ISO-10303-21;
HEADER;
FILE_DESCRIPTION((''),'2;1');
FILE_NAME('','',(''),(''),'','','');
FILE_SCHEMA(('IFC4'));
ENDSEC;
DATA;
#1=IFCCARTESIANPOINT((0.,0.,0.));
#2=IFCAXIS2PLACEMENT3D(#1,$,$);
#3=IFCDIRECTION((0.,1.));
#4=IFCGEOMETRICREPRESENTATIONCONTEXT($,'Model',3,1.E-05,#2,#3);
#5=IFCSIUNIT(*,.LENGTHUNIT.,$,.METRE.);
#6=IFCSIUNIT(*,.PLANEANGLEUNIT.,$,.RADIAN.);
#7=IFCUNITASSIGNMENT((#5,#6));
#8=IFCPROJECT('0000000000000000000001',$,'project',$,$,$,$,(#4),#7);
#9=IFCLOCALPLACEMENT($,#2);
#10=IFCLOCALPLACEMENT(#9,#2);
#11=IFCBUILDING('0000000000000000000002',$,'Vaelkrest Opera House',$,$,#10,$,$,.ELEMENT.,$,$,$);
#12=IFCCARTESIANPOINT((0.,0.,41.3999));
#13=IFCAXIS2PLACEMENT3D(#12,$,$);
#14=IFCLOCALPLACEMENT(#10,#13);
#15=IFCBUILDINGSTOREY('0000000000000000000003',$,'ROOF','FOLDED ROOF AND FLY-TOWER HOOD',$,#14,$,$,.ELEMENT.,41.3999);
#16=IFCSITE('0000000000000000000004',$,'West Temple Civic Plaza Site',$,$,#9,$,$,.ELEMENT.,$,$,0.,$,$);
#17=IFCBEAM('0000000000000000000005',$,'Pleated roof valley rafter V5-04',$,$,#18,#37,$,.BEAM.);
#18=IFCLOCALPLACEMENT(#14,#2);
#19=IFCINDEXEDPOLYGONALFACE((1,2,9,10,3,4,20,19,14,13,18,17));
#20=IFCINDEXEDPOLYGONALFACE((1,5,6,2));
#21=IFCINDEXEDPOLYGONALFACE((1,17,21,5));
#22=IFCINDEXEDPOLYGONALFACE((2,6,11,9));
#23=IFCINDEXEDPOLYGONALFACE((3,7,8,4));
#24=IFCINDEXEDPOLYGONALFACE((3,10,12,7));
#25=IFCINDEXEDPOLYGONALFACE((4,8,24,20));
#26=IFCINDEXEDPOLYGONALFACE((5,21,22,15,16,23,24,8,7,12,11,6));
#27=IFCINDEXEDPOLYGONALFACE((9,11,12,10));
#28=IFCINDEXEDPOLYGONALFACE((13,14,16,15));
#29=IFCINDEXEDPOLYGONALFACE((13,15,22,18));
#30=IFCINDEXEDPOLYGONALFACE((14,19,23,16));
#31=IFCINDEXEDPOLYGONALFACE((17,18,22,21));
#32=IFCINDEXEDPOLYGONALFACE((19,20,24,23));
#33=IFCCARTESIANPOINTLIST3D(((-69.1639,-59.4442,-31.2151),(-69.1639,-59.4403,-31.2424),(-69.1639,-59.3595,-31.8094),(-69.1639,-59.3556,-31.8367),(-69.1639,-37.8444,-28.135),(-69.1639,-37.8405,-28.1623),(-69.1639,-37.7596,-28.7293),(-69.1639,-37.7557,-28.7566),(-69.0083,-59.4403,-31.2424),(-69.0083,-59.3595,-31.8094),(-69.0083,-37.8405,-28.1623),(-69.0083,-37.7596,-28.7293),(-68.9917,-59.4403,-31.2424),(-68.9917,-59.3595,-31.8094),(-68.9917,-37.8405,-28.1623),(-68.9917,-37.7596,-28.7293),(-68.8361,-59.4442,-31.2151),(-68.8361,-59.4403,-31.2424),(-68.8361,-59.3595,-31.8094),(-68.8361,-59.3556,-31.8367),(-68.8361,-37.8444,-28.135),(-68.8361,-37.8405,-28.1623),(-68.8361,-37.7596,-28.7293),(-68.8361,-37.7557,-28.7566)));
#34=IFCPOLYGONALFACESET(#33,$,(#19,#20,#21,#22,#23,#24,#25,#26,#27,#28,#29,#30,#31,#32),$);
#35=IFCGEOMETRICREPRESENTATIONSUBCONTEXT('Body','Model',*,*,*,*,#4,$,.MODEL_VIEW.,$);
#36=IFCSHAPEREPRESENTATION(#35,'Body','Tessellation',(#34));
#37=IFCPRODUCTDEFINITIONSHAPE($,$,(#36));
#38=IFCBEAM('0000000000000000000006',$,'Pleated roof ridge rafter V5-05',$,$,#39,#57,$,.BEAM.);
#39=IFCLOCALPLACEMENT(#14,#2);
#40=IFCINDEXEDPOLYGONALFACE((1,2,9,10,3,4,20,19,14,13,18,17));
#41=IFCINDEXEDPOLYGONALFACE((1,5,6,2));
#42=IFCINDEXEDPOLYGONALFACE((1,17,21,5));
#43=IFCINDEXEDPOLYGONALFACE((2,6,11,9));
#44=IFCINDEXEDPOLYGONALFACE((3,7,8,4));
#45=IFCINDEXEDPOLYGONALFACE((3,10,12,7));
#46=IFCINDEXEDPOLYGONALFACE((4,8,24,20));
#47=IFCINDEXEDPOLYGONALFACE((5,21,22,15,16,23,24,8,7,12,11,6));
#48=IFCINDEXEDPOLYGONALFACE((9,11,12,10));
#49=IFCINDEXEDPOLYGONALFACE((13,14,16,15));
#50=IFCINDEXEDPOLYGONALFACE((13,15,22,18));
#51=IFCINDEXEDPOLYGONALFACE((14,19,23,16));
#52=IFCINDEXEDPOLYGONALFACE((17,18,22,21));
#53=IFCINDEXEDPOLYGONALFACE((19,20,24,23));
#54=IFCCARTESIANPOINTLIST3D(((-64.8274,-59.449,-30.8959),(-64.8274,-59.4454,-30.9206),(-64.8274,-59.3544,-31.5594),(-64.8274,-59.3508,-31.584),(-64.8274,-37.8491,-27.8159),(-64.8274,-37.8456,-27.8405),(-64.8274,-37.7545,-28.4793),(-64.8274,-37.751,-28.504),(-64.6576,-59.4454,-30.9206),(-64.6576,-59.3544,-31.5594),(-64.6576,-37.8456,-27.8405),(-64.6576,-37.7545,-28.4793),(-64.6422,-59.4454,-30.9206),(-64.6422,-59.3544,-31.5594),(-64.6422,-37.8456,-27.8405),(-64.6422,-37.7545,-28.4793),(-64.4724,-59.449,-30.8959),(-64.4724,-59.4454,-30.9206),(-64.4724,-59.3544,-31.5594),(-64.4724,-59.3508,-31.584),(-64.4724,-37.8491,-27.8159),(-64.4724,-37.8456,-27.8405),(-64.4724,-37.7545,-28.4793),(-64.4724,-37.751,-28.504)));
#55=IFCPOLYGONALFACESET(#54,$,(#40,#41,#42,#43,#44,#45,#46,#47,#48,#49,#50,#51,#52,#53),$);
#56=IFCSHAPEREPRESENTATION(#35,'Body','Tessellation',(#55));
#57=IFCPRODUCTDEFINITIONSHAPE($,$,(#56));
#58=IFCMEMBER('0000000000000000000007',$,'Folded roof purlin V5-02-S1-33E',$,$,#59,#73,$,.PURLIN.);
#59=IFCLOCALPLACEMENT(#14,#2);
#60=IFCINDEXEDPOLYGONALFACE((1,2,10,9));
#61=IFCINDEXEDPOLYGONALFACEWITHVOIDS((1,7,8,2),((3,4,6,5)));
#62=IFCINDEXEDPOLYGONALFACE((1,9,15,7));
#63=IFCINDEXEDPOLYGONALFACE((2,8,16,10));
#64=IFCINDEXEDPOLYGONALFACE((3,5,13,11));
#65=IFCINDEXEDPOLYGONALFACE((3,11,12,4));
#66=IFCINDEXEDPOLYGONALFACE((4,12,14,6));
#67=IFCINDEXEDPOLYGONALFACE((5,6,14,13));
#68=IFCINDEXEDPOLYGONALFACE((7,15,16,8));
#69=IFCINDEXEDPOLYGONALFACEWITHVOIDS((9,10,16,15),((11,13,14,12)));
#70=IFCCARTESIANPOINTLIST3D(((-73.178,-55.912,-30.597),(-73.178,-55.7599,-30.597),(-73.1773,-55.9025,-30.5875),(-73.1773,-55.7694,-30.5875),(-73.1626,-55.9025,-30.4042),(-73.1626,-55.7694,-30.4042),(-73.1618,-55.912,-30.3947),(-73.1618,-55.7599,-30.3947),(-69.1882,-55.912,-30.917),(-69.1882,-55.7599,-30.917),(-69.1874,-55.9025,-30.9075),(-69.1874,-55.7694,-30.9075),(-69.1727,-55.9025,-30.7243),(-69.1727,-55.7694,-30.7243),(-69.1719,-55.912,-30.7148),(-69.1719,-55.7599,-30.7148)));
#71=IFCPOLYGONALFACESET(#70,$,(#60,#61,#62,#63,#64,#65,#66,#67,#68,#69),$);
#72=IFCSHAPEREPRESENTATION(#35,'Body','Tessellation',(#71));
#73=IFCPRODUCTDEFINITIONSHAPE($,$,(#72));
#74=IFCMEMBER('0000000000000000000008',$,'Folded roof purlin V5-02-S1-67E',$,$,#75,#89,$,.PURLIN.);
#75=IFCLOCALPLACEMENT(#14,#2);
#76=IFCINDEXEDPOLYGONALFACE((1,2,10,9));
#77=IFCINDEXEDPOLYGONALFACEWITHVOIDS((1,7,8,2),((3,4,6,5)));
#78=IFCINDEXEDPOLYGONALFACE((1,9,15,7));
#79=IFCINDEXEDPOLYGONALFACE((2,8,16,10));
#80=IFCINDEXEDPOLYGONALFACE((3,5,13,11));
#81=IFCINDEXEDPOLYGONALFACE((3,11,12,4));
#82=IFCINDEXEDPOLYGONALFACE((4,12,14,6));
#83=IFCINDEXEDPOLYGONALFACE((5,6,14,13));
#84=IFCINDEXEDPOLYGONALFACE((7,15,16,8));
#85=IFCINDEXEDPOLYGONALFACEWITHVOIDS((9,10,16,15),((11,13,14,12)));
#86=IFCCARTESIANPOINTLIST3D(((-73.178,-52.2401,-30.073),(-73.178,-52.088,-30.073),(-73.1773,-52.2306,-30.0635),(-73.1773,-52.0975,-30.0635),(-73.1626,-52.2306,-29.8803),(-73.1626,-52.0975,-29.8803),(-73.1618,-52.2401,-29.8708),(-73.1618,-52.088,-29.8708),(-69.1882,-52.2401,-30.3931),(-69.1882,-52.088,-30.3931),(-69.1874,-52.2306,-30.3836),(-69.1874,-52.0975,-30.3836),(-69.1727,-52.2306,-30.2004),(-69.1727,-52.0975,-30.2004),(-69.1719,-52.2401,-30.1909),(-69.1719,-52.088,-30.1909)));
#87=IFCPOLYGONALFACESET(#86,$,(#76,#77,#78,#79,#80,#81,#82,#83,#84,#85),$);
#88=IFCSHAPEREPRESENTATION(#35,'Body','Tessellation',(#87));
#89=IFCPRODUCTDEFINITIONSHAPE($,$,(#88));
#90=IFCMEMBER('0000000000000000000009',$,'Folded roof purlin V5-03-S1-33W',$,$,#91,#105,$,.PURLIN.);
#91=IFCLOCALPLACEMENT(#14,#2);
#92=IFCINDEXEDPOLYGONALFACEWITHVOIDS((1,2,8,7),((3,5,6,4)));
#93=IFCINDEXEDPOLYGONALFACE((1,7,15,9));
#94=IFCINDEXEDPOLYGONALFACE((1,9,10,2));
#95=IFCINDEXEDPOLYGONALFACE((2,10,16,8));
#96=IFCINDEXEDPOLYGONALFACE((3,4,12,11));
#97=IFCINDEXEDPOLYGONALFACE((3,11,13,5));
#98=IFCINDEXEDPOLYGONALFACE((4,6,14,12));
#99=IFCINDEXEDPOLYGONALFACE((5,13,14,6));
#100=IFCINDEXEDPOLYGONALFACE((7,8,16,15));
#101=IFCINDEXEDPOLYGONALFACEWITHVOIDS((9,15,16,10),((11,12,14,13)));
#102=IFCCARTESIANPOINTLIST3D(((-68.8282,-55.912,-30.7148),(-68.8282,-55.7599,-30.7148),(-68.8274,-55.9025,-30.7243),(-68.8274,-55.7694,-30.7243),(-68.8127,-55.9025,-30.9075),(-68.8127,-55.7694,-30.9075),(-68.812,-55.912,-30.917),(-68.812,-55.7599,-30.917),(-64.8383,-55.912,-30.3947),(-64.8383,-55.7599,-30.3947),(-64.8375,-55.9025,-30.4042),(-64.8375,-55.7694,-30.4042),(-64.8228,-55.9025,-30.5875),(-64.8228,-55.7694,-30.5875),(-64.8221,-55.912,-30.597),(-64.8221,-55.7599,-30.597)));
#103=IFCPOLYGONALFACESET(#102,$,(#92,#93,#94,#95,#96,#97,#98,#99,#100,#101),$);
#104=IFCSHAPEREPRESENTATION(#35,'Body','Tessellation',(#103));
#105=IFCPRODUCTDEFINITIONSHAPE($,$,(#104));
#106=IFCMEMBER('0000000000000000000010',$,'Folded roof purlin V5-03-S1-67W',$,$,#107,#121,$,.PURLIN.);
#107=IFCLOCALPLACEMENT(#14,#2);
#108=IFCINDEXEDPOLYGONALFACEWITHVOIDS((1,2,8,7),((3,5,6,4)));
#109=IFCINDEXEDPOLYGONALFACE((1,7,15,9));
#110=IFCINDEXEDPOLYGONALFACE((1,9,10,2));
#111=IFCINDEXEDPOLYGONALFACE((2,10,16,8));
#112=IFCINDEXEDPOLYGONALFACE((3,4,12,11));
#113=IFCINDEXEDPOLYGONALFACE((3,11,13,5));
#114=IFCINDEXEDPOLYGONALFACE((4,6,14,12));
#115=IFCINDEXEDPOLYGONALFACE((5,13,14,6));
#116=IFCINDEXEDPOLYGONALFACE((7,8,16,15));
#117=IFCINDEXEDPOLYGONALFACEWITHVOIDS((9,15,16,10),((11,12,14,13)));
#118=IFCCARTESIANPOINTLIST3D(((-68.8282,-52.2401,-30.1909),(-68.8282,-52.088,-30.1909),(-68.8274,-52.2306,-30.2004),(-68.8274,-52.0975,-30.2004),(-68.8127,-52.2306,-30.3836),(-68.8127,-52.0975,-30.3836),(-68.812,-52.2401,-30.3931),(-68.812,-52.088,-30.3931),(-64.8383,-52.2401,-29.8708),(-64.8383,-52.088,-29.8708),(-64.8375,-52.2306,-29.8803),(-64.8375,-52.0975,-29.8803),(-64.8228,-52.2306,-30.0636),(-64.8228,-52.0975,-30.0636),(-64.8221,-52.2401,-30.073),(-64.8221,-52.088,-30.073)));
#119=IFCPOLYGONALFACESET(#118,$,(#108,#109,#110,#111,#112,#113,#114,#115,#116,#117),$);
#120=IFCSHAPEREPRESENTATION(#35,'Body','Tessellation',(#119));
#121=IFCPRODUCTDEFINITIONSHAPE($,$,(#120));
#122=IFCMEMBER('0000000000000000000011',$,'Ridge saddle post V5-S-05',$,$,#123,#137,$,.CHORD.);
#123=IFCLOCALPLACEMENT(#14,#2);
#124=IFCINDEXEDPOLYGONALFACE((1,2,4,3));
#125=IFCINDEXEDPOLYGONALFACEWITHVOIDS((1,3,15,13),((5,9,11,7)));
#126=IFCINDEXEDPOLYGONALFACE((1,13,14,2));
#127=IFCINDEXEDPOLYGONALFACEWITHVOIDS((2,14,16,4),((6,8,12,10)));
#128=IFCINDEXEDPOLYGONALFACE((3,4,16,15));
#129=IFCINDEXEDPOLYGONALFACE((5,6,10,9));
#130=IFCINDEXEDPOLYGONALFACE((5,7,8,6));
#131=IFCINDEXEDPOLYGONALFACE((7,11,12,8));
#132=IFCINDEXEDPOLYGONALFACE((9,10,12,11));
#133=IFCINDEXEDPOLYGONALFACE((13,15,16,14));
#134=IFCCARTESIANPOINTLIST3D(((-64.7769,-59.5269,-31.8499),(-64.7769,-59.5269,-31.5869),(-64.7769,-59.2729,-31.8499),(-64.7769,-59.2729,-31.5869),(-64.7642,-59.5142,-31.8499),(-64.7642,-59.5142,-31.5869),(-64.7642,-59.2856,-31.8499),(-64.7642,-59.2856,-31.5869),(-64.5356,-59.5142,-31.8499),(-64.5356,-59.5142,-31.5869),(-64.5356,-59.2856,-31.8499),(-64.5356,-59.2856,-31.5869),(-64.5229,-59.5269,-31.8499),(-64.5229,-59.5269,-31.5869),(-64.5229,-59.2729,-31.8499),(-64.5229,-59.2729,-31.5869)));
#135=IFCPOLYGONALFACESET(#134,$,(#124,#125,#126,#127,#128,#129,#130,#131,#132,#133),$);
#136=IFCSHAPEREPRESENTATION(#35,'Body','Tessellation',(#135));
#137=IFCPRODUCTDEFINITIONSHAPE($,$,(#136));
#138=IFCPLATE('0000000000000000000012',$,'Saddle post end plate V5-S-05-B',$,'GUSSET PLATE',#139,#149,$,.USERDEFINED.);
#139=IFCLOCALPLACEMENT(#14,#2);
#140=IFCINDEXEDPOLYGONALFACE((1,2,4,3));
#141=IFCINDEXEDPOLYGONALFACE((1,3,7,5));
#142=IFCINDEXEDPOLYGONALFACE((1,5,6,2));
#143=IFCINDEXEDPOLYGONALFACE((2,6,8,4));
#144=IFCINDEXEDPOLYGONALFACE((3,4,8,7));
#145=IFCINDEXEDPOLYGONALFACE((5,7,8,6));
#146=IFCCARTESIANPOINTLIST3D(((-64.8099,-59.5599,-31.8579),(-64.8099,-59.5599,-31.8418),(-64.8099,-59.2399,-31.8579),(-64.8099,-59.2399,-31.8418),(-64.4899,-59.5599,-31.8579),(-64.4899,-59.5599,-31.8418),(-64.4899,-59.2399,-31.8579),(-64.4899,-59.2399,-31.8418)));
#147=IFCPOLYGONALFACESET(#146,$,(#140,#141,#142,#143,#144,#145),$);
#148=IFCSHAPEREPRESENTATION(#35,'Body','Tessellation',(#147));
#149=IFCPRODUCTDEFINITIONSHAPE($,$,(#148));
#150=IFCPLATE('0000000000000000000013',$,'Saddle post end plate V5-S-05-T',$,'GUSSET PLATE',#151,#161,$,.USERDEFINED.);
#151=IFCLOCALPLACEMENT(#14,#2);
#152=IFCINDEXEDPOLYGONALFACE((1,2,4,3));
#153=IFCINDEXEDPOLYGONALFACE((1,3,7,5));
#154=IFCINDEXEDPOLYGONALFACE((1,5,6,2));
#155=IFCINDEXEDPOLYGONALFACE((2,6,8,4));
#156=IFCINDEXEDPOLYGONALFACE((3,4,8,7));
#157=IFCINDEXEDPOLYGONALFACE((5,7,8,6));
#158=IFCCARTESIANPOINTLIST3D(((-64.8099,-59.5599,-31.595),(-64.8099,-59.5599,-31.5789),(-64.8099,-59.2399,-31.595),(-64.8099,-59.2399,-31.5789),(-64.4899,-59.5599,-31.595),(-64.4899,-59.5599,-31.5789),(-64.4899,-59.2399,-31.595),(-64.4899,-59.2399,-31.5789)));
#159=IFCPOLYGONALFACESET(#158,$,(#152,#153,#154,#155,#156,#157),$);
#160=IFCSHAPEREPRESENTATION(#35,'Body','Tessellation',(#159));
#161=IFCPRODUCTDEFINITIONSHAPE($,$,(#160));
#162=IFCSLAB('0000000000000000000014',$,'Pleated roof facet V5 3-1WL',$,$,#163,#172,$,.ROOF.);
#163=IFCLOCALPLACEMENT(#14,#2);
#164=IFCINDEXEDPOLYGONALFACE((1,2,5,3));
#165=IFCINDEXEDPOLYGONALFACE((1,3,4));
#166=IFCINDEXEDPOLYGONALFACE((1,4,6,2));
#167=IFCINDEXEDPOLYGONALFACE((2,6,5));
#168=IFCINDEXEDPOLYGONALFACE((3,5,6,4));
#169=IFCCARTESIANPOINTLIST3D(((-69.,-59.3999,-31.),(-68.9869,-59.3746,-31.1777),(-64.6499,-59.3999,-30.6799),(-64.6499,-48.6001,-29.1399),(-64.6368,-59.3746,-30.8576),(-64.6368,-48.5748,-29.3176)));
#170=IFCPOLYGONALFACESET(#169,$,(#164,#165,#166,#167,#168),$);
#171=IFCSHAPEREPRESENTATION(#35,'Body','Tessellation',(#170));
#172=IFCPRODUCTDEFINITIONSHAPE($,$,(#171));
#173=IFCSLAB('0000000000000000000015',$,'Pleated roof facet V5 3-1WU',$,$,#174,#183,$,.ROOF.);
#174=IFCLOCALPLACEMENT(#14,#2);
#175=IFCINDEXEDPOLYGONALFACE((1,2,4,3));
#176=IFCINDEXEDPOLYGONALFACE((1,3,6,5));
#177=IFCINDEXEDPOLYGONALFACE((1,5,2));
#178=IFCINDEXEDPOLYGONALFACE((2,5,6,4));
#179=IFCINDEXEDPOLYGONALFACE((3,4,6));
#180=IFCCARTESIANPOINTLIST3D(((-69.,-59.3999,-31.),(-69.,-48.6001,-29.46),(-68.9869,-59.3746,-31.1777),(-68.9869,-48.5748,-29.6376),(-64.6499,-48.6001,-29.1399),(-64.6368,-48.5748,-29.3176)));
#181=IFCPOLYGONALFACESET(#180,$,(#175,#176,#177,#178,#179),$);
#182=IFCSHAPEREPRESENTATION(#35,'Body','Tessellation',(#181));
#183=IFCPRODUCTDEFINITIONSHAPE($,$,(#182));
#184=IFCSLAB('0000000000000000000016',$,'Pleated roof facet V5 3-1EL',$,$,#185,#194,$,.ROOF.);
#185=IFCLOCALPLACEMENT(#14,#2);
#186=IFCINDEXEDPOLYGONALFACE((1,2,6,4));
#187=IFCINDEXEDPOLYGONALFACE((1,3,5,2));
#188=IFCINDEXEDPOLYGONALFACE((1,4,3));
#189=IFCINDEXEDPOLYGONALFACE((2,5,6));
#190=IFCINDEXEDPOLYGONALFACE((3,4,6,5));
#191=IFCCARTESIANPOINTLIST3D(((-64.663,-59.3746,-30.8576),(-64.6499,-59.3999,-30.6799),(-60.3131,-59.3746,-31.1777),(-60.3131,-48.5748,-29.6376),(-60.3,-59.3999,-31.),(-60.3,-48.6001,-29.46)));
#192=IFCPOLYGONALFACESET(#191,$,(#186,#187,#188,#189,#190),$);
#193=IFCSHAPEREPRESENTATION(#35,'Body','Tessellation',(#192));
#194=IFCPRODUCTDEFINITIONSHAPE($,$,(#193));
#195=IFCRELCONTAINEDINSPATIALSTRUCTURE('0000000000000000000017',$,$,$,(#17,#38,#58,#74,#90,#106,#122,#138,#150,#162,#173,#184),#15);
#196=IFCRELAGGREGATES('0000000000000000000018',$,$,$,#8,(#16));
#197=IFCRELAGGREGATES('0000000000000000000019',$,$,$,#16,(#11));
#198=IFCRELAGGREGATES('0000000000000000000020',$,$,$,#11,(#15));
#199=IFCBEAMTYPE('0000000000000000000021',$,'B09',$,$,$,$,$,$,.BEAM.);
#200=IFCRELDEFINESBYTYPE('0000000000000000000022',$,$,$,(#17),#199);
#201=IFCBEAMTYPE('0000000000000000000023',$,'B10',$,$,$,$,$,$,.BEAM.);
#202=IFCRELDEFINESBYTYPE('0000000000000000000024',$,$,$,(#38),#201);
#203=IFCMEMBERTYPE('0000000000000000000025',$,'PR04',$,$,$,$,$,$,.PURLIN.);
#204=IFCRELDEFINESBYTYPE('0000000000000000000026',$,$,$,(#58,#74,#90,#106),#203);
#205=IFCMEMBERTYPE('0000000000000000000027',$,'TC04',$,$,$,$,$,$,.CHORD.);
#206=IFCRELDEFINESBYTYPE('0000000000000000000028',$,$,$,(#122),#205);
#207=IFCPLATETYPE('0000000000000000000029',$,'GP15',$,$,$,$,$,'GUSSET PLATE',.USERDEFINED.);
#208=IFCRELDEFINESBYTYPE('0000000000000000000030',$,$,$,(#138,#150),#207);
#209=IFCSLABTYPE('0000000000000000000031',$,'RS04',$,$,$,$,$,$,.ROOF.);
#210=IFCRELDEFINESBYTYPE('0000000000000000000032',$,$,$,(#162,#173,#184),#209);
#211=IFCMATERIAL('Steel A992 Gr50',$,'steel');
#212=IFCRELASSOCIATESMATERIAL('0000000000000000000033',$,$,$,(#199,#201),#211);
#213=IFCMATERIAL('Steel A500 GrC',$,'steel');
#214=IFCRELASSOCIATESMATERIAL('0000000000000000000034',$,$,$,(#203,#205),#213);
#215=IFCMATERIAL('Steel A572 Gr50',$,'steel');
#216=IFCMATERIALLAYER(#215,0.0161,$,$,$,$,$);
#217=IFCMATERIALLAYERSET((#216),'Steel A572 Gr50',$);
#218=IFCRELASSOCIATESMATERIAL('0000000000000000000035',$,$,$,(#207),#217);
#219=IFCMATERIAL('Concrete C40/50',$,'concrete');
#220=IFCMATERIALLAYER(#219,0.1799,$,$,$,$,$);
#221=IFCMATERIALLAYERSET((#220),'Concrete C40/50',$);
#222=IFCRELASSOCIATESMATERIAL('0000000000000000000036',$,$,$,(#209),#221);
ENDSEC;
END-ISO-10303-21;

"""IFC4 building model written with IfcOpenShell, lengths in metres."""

from ifc_helpers import new_model, si_unit, direction, frame, origin, origin_2d, place, context, subcontext, project, spatial, polyline, rectangle, hollow_rectangle, i_section, outline, extrude, material, layer, layer_set, material_profile, profile_set, type_object, element, save


model = new_model("IFC4")

# Units and contexts
model_context = context("Model", 3, precision=1e-05, world=origin(), true_north=direction((0.0, 1.0)))
body_context = subcontext(model_context, "Body", "Model", "MODEL_VIEW")
ifc_project = project(units=[si_unit("LENGTHUNIT", "METRE"), si_unit("PLANEANGLEUNIT", "RADIAN")], contexts=[model_context])

# Site, building, storey
site_placement = place(None, origin())
site = spatial("IfcSite", under=ifc_project, at=site_placement, Name="West Temple Civic Plaza Site", CompositionType="ELEMENT", RefElevation=0.0)
building_placement = place(site_placement, origin())
building = spatial("IfcBuilding", under=site, at=building_placement, Name="Vaelkrest Opera House", CompositionType="ELEMENT")
storey_placement = place(building_placement, frame((0.0, 0.0, 41.3999)))
storey = spatial("IfcBuildingStorey", under=building, at=storey_placement, Name="ROOF", Description="FOLDED ROOF AND FLY-TOWER HOOD", CompositionType="ELEMENT", Elevation=41.3999)

# Beams
ifc_material_1 = material(Name="Steel A992 Gr50", Category="steel")
ifc_material_profile_1 = material_profile(ifc_material_1, i_section(OverallWidth=0.3279, OverallDepth=0.6279, WebThickness=0.0166, FlangeThickness=0.0276, at=origin_2d()), Name="W24X146")
ifc_profile_set_1 = profile_set([ifc_material_profile_1], Name="Steel A992 Gr50")
beam_type_1 = type_object("IfcBeamType", Name="B09", PredefinedType="BEAM", material=ifc_profile_set_1)
beam_1_placement = place(storey_placement, frame((-69.0, -59.3999, -31.5259), z_axis=(0.0, 0.989985, 0.141169), x_axis=(-1.0, 0.0, 0.0)))
element("IfcBeam", 1, at=beam_1_placement, inside=storey, type_object=beam_type_1, Name="Pleated roof valley rafter V5-04", PredefinedType="BEAM", context=body_context, shape_type="SweptSolid", body=[
    extrude(i_section(OverallWidth=0.3279, OverallDepth=0.6279, WebThickness=0.0166, FlangeThickness=0.0276, at=origin_2d()), origin(), (0.0, 0.0, 1.0), 21.8184),
])
ifc_material_profile_2 = material_profile(ifc_material_1, i_section(OverallWidth=0.355, OverallDepth=0.6951, WebThickness=0.0154, FlangeThickness=0.0249, at=origin_2d()), Name="W27X146")
ifc_profile_set_2 = profile_set([ifc_material_profile_2], Name="Steel A992 Gr50")
beam_type_2 = type_object("IfcBeamType", Name="B10", PredefinedType="BEAM", material=ifc_profile_set_2)
beam_2_placement = place(storey_placement, frame((-64.6499, -59.3999, -31.24), z_axis=(0.0, 0.989985, 0.141169), x_axis=(-1.0, 0.0, 0.0)))
element("IfcBeam", 2, at=beam_2_placement, inside=storey, type_object=beam_type_2, Name="Pleated roof ridge rafter V5-05", PredefinedType="BEAM", context=body_context, shape_type="SweptSolid", body=[
    extrude(i_section(OverallWidth=0.355, OverallDepth=0.6951, WebThickness=0.0154, FlangeThickness=0.0249, at=origin_2d()), origin(), (0.0, 0.0, 1.0), 21.8184),
])

# Members
ifc_material_2 = material(Name="Steel A500 GrC", Category="steel")
ifc_material_profile_3 = material_profile(ifc_material_2, hollow_rectangle(XDim=0.1521, YDim=0.2029, WallThickness=0.0095, at=origin_2d()), Name="HSS203X152X9.5")
ifc_profile_set_3 = profile_set([ifc_material_profile_3], Name="Steel A500 GrC")
member_type_1 = type_object("IfcMemberType", Name="PR04", PredefinedType="PURLIN", material=ifc_profile_set_3)
for number, where, z_axis, x_axis, name in (
    (3, (-73.1699, -55.8359, -30.4958), (0.996798, 0.0, -0.079961), (0.0, 1.0, 0.0), "Folded roof purlin V5-02-S1-33E"),
    (4, (-73.1699, -52.1641, -29.9719), (0.996798, 0.0, -0.079961), (0.0, 1.0, 0.0), "Folded roof purlin V5-02-S1-67E"),
    (5, (-68.8201, -55.8359, -30.8159), (0.996798, 0.0, 0.079961), (0.0, 1.0, 0.0), "Folded roof purlin V5-03-S1-33W"),
    (6, (-68.8201, -52.1641, -30.292), (0.996798, 0.0, 0.079961), (0.0, 1.0, 0.0), "Folded roof purlin V5-03-S1-67W"),
):
    element("IfcMember", number, at=place(storey_placement, frame(where, z_axis=z_axis, x_axis=x_axis)), inside=storey, type_object=member_type_1, Name=name, PredefinedType="PURLIN", context=body_context, shape_type="SweptSolid", body=[
        extrude(hollow_rectangle(XDim=0.1521, YDim=0.2029, WallThickness=0.0095, at=origin_2d()), origin(), (0.0, 0.0, 1.0), 4.0027),
    ])
ifc_material_profile_4 = material_profile(ifc_material_2, hollow_rectangle(XDim=0.2539, YDim=0.2539, WallThickness=0.0127, at=origin_2d()), Name="HSS254X254X12.7")
ifc_profile_set_4 = profile_set([ifc_material_profile_4], Name="Steel A500 GrC")
member_type_2 = type_object("IfcMemberType", Name="TC04", PredefinedType="CHORD", material=ifc_profile_set_4)
member_placement = place(storey_placement, frame((-64.6499, -59.3999, -31.8499), z_axis=(0.0, 0.0, 1.0), x_axis=(1.0, 0.0, 0.0)))
element("IfcMember", 7, at=member_placement, inside=storey, type_object=member_type_2, Name="Ridge saddle post V5-S-05", PredefinedType="CHORD", context=body_context, shape_type="SweptSolid", body=[
    extrude(hollow_rectangle(XDim=0.2539, YDim=0.2539, WallThickness=0.0127, at=origin_2d()), origin(), (0.0, 0.0, 1.0), 0.2629),
])

# Plates
ifc_material_3 = material(Name="Steel A572 Gr50", Category="steel")
ifc_layer_1 = layer(ifc_material_3, 0.0161)
ifc_layer_set_1 = layer_set([ifc_layer_1], Name="Steel A572 Gr50")
plate_type = type_object("IfcPlateType", Name="GP15", ElementType="GUSSET PLATE", PredefinedType="USERDEFINED", material=ifc_layer_set_1)
for number, where, z_axis, x_axis, name in (
    (8, (-64.6499, -59.3999, -31.8579), (0.0, 0.0, 1.0), (1.0, 0.0, 0.0), "Saddle post end plate V5-S-05-B"),
    (9, (-64.6499, -59.3999, -31.595), (0.0, 0.0, 1.0), (1.0, 0.0, 0.0), "Saddle post end plate V5-S-05-T"),
):
    element("IfcPlate", number, at=place(storey_placement, frame(where, z_axis=z_axis, x_axis=x_axis)), inside=storey, type_object=plate_type, Name=name, ObjectType="GUSSET PLATE", PredefinedType="USERDEFINED", context=body_context, shape_type="SweptSolid", body=[
        extrude(rectangle(XDim=0.3201, YDim=0.3201, at=origin_2d()), origin(), (0.0, 0.0, 1.0), 0.0161),
    ])

# Slabs
ifc_material_4 = material(Name="Concrete C40/50", Category="concrete")
ifc_layer_2 = layer(ifc_material_4, 0.1799)
ifc_layer_set_2 = layer_set([ifc_layer_2], Name="Concrete C40/50")
slab_type = type_object("IfcSlabType", Name="RS04", PredefinedType="ROOF", material=ifc_layer_set_2)
slab_1_placement = place(storey_placement, frame((-69.0, -59.3999, -31.0), z_axis=(-0.072648, -0.140798, 0.987369), x_axis=(0.997304, 0.0, 0.073379)))
element("IfcSlab", 10, at=slab_1_placement, inside=storey, type_object=slab_type, Name="Pleated roof facet V5 3-1WL", PredefinedType="ROOF", context=body_context, shape_type="SweptSolid", body=[
    extrude(outline(polyline([(0.0, 0.0), (4.3619, 0.0), (4.4749, 10.9085), (0.0, 0.0)])), origin(), (0.0, 0.0, -1.0), 0.1799),
])
slab_2_placement = place(storey_placement, frame((-69.0, -59.3999, -31.0), z_axis=(-0.072648, -0.140798, 0.987369), x_axis=(0.368945, 0.915964, 0.157761)))
element("IfcSlab", 11, at=slab_2_placement, inside=storey, type_object=slab_type, Name="Pleated roof facet V5 3-1WU", PredefinedType="ROOF", context=body_context, shape_type="SweptSolid", body=[
    extrude(outline(polyline([(0.0, 0.0), (11.7906, 0.0), (10.1352, 4.0355), (0.0, 0.0)])), origin(), (0.0, 0.0, -1.0), 0.1799),
])
slab_3_placement = place(storey_placement, frame((-64.6499, -59.3999, -30.6799), z_axis=(0.072652, -0.140798, 0.987369), x_axis=(0.997304, 0.0, -0.073383)))
element("IfcSlab", 12, at=slab_3_placement, inside=storey, type_object=slab_type, Name="Pleated roof facet V5 3-1EL", PredefinedType="ROOF", context=body_context, shape_type="SweptSolid", body=[
    extrude(outline(polyline([(0.0, 0.0), (4.3616, 0.0), (4.2486, 10.9085), (0.0, 0.0)])), origin(), (0.0, 0.0, -1.0), 0.1799),
])

save(model, "model.ifc")
